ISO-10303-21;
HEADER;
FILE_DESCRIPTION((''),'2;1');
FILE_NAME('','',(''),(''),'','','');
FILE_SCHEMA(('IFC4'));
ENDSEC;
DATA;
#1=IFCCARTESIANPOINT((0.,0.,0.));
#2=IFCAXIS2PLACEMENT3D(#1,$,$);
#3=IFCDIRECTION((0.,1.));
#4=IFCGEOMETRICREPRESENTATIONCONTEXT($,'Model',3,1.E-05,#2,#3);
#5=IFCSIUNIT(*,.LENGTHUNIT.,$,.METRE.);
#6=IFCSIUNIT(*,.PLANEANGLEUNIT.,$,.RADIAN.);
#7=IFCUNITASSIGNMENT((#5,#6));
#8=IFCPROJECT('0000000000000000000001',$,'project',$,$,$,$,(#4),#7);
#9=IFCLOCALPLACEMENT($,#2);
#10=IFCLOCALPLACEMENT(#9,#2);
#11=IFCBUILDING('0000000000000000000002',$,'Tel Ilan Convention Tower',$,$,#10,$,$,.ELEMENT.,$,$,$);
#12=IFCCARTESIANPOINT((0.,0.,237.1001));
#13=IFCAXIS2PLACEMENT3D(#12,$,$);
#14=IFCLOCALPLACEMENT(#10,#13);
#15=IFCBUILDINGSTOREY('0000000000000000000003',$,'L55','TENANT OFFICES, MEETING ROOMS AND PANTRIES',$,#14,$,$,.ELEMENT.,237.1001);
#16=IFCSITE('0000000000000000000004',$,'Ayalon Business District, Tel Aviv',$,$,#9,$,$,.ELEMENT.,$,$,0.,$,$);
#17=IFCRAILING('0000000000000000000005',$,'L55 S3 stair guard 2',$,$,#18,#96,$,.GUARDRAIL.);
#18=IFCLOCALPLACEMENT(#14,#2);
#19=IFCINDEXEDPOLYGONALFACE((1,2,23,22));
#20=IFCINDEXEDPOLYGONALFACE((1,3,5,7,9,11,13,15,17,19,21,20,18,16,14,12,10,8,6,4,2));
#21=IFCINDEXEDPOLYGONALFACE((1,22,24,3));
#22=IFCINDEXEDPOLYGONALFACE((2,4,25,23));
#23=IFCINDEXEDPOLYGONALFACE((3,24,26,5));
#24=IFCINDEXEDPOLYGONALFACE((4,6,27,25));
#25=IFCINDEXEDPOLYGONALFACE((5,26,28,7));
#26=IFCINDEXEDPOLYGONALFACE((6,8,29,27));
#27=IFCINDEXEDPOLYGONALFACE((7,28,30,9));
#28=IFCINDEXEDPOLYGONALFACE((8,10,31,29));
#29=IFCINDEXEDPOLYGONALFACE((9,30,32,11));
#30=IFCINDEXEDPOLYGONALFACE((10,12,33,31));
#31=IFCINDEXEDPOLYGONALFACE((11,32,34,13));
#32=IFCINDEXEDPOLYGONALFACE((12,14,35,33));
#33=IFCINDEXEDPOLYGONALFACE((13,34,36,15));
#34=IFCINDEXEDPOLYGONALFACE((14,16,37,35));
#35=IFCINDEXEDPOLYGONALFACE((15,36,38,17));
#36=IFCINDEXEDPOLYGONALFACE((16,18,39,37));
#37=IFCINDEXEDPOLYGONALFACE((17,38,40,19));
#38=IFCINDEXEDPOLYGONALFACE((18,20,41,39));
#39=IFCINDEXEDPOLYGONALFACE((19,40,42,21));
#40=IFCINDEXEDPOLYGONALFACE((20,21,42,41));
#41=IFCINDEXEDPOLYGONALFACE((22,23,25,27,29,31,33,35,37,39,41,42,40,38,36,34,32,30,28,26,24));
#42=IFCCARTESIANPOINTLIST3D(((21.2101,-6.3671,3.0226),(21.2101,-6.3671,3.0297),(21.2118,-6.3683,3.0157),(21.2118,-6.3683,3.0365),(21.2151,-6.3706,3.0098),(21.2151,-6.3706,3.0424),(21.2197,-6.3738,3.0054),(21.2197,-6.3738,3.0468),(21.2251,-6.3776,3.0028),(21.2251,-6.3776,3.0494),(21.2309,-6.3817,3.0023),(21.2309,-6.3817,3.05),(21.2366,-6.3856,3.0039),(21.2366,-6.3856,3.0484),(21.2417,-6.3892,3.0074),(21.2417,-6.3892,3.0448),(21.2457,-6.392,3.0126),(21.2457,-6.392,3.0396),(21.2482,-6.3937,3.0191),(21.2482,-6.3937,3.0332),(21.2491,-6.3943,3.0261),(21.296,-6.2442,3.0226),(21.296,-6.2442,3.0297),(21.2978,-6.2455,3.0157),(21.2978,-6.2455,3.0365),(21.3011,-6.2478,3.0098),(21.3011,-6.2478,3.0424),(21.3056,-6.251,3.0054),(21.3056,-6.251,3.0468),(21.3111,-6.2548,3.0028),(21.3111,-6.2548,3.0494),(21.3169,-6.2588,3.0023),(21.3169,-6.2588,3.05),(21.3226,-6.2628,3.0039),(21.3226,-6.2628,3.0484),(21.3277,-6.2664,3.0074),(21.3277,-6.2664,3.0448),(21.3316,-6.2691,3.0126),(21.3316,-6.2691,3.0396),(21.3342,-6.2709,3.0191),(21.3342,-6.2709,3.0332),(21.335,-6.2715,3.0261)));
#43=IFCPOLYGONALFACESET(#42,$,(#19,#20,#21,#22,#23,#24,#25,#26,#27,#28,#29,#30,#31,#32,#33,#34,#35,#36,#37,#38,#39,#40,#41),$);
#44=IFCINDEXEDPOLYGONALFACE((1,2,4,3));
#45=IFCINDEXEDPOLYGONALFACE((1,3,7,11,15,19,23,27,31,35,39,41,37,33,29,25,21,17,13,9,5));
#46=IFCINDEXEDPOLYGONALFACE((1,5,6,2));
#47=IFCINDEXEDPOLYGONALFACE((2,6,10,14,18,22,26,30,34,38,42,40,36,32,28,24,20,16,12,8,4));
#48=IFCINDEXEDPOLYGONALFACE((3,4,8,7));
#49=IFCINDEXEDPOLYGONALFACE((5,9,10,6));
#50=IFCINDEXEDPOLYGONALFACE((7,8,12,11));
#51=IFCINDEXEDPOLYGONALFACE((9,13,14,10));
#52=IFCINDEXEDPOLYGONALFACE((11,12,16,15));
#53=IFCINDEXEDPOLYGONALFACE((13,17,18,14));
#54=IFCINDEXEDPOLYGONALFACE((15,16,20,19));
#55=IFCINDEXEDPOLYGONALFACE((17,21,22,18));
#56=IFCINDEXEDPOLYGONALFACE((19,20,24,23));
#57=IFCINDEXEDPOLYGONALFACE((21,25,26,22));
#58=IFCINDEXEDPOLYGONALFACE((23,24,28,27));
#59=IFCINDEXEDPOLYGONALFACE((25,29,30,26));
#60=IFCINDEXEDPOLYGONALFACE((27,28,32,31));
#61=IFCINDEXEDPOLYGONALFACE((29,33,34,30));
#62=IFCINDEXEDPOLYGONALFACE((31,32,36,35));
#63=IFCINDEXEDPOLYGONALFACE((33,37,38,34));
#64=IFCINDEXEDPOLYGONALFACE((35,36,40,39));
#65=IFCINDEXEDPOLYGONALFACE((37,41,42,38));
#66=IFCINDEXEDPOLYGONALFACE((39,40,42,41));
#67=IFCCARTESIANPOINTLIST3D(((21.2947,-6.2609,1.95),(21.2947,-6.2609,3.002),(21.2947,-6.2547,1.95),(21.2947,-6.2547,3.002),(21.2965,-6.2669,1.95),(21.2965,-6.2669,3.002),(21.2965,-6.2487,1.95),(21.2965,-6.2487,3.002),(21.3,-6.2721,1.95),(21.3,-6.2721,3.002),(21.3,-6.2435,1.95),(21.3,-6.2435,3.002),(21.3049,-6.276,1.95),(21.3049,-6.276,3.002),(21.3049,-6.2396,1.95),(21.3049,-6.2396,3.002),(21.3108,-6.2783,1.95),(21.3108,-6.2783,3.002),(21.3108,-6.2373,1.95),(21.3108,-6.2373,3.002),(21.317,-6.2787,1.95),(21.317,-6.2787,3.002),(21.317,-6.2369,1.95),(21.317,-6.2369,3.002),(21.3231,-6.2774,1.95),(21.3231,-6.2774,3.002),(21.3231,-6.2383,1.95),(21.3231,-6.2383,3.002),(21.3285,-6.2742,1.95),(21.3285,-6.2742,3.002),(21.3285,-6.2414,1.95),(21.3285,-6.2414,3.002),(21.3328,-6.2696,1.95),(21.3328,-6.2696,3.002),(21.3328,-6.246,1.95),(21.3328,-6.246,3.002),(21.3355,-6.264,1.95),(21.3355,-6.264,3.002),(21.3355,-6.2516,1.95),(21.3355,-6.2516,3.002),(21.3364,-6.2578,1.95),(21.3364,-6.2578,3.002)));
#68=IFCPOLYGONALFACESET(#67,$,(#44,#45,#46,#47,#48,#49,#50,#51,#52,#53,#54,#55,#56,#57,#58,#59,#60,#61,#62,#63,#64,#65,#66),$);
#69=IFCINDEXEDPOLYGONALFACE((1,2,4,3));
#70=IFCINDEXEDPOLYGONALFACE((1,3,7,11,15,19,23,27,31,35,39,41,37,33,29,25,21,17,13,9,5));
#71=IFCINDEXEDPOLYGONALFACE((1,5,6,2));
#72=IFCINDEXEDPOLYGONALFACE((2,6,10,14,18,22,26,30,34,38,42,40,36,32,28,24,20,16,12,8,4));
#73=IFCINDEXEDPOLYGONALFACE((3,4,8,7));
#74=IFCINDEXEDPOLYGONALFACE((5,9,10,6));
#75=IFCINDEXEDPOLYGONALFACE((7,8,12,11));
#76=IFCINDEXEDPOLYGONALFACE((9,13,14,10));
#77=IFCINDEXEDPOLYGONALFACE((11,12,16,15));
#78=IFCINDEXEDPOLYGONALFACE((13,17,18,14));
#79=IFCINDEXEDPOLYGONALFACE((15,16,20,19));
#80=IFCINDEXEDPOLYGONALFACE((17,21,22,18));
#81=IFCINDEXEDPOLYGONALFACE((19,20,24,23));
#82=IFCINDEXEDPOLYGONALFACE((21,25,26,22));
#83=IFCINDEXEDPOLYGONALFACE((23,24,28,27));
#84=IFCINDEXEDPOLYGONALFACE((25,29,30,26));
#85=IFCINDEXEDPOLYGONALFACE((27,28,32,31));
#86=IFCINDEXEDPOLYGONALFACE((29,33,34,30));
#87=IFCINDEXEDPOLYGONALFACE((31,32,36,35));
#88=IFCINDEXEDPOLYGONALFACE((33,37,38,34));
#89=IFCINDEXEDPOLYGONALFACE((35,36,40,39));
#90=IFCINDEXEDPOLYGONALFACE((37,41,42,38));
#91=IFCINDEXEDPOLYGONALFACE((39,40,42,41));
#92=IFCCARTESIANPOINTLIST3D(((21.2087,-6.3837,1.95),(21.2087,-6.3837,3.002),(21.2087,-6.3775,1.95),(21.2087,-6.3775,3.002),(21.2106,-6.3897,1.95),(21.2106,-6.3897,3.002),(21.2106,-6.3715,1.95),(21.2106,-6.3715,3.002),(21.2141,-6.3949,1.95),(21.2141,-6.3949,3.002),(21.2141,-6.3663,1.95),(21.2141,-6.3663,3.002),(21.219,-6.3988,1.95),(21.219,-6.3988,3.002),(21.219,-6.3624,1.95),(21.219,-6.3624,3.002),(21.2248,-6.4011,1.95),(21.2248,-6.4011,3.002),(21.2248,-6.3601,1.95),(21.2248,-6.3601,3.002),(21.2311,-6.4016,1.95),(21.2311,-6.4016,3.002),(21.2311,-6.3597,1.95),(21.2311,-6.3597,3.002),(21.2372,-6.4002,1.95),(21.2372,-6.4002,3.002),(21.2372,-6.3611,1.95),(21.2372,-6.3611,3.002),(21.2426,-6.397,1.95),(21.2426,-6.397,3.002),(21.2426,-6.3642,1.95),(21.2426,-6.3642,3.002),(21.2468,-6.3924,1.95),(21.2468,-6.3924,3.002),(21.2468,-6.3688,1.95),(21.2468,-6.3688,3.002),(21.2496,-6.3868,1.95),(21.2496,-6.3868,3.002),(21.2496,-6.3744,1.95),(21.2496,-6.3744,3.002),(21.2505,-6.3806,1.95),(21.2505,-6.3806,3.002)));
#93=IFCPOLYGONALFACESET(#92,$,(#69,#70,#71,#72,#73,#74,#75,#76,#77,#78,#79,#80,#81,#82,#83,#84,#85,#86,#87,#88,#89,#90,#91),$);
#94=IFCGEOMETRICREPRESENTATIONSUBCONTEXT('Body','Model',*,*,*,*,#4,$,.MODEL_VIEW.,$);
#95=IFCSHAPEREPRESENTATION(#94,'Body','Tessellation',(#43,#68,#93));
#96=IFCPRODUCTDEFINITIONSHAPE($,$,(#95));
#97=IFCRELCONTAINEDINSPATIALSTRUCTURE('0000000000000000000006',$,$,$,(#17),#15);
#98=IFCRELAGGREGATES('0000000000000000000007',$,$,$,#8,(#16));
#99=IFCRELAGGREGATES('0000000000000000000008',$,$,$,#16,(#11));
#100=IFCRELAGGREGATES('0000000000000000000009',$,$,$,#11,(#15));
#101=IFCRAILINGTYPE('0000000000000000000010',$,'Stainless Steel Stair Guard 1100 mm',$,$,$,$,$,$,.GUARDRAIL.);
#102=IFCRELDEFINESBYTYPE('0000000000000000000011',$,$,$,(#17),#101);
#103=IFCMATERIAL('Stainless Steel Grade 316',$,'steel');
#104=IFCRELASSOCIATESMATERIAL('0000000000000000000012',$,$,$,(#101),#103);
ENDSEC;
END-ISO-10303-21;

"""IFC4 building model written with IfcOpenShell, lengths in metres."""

from ifc_helpers import new_model, si_unit, direction, frame, origin, origin_2d, place, context, subcontext, project, spatial, circle, extrude, material, type_object, element, save


model = new_model("IFC4")

# Units and contexts
model_context = context("Model", 3, precision=1e-05, world=origin(), true_north=direction((0.0, 1.0)))
body_context = subcontext(model_context, "Body", "Model", "MODEL_VIEW")
ifc_project = project(units=[si_unit("LENGTHUNIT", "METRE"), si_unit("PLANEANGLEUNIT", "RADIAN")], contexts=[model_context])

# Site, building, storey
site_placement = place(None, origin())
site = spatial("IfcSite", under=ifc_project, at=site_placement, Name="Ayalon Business District, Tel Aviv", CompositionType="ELEMENT", RefElevation=0.0)
building_placement = place(site_placement, origin())
building = spatial("IfcBuilding", under=site, at=building_placement, Name="Tel Ilan Convention Tower", CompositionType="ELEMENT")
storey_placement = place(building_placement, frame((0.0, 0.0, 237.1001)))
storey = spatial("IfcBuildingStorey", under=building, at=storey_placement, Name="L55", Description="TENANT OFFICES, MEETING ROOMS AND PANTRIES", CompositionType="ELEMENT", Elevation=237.1001)

# Railing
ifc_material_1 = material(Name="Stainless Steel Grade 316", Category="steel")
railing_type_1 = type_object("IfcRailingType", Name="Stainless Steel Stair Guard 1100 mm", PredefinedType="GUARDRAIL", material=ifc_material_1)
railing_1_placement = place(storey_placement, frame((21.3154, -6.2578, 1.95)))
element("IfcRailing", 1, at=railing_1_placement, inside=storey, type_object=railing_type_1, Name="L55 S3 stair guard 2", PredefinedType="GUARDRAIL", context=body_context, shape_type="SweptSolid", body=[
    extrude(circle(Radius=0.0239, at=origin_2d()), frame((0.0, 0.0, 1.0762), z_axis=(-0.573353, -0.819308, 0.0), x_axis=(0.819308, -0.573353, 0.0)), (0.0, 0.0, 1.0), 0.1499),
    extrude(circle(Radius=0.021, at=origin_2d()), origin(), (0.0, 0.0, 1.0), 1.052),
    extrude(circle(Radius=0.021, at=origin_2d()), frame((-0.0859, -0.1228, 0.0)), (0.0, 0.0, 1.0), 1.052),
])

save(model, "model.ifc")
